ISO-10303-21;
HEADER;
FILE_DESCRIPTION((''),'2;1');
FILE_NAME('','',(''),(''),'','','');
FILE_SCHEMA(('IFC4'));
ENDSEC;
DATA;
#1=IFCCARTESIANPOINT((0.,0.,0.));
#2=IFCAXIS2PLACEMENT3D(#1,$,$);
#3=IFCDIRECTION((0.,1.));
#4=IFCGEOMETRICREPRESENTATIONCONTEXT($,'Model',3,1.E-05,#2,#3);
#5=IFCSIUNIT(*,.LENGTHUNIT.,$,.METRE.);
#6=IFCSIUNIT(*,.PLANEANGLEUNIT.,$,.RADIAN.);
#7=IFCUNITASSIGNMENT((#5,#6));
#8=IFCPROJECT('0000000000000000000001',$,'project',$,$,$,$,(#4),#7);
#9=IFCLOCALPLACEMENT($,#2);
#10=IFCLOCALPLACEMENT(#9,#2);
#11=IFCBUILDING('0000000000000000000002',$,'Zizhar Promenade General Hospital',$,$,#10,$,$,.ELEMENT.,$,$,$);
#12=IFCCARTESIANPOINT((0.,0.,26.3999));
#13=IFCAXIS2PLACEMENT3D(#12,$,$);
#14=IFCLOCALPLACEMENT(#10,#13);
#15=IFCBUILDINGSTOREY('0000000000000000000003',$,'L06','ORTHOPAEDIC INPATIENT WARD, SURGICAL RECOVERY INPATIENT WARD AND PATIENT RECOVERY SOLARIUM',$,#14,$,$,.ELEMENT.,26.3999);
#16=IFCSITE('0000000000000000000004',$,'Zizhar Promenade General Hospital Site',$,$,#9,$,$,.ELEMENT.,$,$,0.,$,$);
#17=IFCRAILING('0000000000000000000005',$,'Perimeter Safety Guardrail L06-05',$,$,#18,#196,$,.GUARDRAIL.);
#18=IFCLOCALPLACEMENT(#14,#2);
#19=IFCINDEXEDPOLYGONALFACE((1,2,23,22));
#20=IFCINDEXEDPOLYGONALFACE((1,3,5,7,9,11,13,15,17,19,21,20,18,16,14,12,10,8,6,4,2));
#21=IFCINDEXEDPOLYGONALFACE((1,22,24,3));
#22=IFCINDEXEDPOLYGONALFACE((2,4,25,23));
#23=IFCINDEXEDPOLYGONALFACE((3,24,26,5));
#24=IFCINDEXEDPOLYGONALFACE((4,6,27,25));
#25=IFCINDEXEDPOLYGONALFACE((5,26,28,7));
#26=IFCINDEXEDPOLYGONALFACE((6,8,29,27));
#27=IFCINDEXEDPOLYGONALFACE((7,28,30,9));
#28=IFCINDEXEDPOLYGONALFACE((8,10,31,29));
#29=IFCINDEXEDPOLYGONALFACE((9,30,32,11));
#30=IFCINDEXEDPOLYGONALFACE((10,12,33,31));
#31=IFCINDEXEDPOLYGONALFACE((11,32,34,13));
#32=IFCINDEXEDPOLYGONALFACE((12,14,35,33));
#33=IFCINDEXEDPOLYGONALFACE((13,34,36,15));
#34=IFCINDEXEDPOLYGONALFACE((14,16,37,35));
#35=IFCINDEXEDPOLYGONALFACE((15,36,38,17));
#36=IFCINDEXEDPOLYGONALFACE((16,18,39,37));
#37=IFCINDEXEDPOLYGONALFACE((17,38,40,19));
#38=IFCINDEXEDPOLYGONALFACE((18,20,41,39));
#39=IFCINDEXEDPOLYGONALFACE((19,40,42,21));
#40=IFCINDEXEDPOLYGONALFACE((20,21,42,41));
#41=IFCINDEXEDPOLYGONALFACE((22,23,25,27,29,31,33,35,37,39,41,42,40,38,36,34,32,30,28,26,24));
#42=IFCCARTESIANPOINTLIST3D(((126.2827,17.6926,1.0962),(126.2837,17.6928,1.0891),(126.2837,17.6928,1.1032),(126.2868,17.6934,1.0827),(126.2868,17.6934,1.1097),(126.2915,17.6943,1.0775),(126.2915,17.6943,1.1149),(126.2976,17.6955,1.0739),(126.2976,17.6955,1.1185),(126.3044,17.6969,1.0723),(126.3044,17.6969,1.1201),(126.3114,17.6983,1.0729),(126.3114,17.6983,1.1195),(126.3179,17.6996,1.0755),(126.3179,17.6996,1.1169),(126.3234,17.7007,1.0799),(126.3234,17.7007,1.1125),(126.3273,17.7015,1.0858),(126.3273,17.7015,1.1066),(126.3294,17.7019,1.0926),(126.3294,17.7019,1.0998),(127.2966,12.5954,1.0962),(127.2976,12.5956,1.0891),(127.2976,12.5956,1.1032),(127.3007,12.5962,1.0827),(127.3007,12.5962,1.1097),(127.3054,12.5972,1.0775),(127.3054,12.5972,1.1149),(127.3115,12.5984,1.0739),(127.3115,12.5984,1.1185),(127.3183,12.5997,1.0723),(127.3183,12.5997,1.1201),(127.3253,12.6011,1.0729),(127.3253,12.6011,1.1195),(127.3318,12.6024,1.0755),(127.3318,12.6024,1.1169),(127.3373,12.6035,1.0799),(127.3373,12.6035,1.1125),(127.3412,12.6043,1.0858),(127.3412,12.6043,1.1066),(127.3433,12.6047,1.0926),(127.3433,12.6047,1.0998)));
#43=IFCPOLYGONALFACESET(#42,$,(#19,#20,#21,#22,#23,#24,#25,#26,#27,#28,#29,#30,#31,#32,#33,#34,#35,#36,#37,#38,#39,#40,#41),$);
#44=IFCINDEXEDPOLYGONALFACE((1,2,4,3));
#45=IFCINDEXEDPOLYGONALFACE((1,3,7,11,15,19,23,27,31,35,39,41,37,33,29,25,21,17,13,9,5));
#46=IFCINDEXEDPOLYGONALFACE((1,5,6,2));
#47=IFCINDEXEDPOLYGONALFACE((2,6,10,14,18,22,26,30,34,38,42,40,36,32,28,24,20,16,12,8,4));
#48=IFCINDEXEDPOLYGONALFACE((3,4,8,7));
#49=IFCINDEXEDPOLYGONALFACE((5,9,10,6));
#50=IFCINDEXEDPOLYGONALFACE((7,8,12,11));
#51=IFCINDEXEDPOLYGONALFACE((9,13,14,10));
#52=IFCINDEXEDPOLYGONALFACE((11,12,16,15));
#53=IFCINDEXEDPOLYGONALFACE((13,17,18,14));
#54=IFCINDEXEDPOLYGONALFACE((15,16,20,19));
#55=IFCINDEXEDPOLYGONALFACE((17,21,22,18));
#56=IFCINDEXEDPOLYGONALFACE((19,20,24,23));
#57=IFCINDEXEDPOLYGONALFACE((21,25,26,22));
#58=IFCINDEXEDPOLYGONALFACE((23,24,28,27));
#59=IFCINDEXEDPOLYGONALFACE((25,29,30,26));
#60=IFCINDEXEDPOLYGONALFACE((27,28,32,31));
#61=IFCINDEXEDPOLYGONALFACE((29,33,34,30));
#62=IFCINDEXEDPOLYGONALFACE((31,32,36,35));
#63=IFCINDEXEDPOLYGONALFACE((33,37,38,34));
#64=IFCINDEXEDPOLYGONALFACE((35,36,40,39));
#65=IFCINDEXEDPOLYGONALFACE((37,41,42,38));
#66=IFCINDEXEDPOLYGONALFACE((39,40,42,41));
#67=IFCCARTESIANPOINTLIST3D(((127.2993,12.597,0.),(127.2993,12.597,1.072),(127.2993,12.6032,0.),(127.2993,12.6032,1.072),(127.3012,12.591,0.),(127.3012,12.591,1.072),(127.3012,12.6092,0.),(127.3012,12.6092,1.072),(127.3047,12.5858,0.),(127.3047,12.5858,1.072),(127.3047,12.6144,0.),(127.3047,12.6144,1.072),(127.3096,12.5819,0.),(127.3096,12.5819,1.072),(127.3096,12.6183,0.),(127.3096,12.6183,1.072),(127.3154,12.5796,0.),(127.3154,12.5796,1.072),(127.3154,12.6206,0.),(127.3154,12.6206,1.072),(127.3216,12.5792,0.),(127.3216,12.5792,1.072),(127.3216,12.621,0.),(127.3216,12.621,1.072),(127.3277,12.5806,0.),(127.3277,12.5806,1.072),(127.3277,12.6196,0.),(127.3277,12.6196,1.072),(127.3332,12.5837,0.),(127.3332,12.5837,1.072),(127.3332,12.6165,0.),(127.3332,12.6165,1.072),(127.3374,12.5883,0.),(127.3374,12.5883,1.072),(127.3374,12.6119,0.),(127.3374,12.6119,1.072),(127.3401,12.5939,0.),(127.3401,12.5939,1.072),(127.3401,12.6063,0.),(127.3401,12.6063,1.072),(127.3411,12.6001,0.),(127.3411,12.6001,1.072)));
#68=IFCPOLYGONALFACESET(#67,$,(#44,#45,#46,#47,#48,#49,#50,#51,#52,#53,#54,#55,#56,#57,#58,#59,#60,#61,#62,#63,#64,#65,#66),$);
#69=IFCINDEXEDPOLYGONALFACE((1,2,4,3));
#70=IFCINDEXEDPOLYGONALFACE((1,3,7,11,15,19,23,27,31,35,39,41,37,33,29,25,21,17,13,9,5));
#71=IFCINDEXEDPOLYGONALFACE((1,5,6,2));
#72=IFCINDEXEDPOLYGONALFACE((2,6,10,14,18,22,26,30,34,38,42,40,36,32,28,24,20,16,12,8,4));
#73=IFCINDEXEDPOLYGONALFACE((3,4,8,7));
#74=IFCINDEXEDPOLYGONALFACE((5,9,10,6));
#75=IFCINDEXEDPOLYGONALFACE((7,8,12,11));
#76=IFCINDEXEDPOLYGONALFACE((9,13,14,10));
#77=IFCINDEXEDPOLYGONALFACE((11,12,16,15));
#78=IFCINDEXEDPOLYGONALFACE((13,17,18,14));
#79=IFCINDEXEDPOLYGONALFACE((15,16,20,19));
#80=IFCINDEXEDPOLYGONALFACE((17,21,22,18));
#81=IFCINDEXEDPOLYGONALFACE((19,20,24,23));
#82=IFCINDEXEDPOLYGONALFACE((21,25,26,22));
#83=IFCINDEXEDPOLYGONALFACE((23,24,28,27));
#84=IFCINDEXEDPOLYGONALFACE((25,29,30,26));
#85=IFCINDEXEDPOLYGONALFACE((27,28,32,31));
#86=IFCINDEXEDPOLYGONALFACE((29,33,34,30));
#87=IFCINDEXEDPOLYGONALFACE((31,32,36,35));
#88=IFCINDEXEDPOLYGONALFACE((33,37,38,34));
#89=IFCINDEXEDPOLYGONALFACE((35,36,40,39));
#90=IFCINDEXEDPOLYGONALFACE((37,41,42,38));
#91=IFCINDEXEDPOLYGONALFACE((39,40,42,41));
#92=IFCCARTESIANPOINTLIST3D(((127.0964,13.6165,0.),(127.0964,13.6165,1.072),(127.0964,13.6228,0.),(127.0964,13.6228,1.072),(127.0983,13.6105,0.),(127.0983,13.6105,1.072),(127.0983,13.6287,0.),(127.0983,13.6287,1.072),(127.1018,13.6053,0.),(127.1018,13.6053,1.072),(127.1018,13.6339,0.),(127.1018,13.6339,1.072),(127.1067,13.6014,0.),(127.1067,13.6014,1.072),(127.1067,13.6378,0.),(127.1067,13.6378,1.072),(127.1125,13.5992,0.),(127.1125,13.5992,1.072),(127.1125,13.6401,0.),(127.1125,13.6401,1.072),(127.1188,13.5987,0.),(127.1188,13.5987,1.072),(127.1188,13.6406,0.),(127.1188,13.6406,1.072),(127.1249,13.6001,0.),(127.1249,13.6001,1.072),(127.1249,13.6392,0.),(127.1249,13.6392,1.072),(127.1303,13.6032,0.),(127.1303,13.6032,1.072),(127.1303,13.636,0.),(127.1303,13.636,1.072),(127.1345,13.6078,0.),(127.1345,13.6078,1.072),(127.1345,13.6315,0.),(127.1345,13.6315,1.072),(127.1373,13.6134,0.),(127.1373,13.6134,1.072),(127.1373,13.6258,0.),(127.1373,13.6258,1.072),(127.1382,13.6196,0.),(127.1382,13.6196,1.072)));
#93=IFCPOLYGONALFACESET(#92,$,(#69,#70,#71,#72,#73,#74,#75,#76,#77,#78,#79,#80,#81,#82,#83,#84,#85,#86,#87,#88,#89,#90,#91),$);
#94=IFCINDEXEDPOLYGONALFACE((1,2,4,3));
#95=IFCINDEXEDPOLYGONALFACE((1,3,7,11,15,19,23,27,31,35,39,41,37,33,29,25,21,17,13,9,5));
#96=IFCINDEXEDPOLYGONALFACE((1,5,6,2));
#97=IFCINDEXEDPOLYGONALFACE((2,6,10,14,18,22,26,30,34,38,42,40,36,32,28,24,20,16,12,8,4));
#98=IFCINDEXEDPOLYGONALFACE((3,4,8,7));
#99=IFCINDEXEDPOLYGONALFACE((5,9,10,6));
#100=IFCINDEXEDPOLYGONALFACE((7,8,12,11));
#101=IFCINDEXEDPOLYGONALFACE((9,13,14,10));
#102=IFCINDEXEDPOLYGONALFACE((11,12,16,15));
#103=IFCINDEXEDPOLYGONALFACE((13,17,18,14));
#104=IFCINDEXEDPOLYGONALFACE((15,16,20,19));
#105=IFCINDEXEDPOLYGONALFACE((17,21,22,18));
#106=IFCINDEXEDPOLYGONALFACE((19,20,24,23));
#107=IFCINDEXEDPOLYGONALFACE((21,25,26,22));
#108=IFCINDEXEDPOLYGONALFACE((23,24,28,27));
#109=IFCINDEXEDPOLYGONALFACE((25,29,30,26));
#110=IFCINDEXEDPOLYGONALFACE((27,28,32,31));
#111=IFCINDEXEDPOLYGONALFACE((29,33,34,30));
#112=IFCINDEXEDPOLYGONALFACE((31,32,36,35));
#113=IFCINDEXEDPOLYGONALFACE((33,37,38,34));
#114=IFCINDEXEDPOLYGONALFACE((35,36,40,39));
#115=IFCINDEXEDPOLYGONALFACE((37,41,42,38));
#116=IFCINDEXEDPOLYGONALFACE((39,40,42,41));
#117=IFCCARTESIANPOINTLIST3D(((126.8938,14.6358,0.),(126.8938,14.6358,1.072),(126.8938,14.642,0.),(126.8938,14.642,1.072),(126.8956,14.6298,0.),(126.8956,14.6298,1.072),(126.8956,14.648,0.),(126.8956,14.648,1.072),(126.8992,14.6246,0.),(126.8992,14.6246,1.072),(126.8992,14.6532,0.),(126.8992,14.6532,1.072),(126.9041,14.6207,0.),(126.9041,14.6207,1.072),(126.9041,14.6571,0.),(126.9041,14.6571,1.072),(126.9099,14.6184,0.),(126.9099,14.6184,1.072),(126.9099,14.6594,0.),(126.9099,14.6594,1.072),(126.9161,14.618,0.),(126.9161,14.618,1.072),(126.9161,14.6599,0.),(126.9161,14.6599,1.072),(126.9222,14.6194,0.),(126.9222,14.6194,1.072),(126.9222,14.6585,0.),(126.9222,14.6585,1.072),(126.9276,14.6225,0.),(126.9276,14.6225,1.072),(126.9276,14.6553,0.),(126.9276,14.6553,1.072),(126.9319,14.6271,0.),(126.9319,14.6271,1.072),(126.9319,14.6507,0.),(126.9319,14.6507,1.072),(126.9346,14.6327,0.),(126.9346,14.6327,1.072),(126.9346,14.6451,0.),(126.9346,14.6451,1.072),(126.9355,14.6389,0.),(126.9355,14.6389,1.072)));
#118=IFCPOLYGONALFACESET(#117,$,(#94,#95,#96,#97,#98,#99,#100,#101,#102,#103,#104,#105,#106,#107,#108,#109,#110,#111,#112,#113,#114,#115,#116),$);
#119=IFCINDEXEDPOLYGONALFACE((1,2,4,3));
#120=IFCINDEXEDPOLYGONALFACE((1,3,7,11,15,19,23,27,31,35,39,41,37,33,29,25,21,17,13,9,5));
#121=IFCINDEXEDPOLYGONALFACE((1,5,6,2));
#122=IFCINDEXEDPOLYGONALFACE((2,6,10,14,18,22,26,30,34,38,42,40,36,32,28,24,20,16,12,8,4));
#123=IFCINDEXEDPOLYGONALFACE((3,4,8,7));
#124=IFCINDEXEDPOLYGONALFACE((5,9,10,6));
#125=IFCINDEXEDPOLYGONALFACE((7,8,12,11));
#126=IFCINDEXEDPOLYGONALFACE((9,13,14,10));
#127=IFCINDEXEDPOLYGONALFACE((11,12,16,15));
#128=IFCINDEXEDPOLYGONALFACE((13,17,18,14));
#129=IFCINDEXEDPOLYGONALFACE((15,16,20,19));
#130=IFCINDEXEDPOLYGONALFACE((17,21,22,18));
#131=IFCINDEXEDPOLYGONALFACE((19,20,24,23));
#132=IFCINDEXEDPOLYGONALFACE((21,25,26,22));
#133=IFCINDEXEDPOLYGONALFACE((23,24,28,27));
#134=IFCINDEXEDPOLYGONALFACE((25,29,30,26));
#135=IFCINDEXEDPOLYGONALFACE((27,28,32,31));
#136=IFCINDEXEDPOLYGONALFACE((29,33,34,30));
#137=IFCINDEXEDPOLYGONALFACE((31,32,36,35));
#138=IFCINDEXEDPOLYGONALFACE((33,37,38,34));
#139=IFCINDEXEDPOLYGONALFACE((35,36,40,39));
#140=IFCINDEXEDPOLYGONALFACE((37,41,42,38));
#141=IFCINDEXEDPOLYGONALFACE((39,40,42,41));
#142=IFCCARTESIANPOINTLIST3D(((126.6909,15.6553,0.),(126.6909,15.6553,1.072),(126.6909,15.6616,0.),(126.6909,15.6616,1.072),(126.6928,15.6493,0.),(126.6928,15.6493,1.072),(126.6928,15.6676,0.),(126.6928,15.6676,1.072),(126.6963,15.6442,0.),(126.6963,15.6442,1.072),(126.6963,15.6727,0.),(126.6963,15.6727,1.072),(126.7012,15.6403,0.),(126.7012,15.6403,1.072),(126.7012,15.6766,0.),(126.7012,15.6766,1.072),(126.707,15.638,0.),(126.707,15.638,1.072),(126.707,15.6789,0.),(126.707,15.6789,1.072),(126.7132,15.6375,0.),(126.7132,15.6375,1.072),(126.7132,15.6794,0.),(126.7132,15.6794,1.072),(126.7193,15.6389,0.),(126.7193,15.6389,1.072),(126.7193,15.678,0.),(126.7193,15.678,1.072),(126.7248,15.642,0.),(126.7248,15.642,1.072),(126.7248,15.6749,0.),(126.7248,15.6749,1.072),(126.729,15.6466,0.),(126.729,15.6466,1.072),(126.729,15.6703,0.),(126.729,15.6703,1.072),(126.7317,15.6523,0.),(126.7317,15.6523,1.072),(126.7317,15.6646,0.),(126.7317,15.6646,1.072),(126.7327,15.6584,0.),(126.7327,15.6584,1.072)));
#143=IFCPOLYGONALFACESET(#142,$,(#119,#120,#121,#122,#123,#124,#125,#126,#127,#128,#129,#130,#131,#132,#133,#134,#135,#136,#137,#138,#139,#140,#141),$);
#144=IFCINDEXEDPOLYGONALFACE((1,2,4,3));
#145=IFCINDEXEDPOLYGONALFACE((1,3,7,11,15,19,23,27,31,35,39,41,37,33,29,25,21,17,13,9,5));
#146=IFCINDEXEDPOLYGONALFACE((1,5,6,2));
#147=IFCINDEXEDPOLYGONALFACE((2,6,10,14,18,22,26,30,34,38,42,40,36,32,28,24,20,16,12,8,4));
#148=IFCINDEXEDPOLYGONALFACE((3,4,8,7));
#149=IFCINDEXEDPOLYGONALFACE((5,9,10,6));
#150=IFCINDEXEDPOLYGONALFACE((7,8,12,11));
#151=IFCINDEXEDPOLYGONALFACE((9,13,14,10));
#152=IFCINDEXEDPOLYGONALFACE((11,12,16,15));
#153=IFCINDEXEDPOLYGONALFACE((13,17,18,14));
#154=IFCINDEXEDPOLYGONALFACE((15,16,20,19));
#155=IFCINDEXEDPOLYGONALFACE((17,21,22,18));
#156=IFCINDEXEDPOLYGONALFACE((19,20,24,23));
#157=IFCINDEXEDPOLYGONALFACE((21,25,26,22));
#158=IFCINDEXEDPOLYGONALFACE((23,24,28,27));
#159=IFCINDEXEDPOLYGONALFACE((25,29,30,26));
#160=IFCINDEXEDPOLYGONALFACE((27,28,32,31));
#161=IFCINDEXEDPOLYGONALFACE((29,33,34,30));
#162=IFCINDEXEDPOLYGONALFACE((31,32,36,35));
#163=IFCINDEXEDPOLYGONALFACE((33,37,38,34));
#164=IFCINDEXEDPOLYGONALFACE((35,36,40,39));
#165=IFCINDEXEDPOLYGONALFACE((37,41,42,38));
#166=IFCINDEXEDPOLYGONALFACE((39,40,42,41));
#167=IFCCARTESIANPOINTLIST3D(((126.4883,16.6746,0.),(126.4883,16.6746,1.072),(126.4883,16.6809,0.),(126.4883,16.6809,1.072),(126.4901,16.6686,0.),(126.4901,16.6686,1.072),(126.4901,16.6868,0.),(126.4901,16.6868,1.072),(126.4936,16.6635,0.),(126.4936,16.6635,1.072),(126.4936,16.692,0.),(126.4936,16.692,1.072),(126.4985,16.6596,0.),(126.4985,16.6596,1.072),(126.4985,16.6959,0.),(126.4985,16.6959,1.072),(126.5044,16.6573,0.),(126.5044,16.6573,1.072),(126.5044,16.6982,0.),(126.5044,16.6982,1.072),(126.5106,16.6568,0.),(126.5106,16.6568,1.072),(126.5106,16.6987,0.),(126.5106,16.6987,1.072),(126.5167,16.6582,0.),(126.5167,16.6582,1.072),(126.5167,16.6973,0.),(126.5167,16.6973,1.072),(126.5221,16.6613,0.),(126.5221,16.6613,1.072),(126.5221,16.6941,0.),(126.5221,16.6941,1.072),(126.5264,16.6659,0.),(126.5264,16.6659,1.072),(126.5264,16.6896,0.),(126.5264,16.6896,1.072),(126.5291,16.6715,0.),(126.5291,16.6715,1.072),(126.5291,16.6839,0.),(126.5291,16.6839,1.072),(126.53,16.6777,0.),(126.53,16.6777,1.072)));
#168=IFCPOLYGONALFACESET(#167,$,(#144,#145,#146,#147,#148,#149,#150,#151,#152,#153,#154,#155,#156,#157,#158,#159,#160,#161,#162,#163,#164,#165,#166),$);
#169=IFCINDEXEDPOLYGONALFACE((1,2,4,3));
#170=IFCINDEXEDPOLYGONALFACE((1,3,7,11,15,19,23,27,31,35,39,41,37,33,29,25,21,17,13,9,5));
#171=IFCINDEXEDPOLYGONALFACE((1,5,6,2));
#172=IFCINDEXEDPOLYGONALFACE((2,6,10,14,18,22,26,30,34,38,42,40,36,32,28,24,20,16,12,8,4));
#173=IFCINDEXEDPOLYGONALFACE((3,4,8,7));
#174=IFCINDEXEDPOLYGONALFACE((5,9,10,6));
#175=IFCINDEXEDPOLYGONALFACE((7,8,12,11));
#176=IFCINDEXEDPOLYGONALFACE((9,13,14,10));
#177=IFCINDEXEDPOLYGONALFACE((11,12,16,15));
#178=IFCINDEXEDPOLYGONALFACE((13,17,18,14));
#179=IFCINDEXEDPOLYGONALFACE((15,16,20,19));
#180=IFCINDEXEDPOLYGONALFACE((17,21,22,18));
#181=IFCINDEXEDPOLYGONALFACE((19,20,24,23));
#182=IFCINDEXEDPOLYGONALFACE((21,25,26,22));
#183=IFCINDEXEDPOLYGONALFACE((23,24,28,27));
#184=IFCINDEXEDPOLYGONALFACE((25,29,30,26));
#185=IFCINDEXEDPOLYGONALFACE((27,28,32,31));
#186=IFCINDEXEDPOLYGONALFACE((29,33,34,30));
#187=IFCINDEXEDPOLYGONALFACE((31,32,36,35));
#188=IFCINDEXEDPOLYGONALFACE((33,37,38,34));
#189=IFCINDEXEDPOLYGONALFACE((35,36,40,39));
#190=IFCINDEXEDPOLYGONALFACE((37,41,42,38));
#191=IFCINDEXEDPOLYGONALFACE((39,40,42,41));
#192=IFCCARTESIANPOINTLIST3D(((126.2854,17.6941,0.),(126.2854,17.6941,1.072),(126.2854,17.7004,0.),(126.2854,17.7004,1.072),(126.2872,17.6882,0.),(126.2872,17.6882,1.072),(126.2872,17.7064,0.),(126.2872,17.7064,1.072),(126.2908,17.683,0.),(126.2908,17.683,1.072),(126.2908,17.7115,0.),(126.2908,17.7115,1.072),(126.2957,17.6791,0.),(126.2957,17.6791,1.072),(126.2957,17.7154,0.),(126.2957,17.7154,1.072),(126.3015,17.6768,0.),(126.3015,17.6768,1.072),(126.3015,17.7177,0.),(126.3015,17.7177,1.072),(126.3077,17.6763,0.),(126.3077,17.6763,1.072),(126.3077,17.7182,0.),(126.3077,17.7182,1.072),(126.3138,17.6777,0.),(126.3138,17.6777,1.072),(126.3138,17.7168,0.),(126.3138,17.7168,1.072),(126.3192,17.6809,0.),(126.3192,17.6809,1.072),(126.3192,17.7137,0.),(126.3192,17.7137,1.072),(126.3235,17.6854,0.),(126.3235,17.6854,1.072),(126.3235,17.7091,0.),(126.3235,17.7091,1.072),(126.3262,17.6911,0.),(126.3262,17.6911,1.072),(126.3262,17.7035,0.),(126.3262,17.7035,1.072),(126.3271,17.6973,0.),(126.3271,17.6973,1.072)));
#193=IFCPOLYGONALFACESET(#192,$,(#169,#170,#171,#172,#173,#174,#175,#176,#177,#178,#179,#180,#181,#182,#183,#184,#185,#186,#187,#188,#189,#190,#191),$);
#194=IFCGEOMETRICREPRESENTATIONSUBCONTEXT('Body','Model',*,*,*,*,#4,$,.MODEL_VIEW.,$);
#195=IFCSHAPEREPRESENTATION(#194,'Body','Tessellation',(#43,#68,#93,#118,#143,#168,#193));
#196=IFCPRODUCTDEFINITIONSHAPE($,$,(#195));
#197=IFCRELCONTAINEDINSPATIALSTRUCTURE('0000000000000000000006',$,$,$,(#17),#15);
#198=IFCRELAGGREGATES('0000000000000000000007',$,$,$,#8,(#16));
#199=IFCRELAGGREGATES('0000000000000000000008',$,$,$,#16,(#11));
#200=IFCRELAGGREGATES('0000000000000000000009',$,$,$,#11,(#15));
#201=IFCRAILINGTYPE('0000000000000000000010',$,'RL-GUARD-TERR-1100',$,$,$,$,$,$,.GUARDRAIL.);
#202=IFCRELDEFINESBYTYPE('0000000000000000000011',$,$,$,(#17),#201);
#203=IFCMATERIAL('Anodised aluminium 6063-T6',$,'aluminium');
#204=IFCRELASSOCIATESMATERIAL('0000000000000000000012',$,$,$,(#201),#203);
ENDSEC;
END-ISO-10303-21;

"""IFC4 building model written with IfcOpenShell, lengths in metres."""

from ifc_helpers import new_model, si_unit, direction, frame, origin, origin_2d, place, context, subcontext, project, spatial, circle, hollow_circle, extrude, material, material_profile, profile_set, type_object, element, save


model = new_model("IFC4")

# Units and contexts
model_context = context("Model", 3, precision=1e-05, world=origin(), true_north=direction((0.0, 1.0)))
body_context = subcontext(model_context, "Body", "Model", "MODEL_VIEW")
ifc_project = project(units=[si_unit("LENGTHUNIT", "METRE"), si_unit("PLANEANGLEUNIT", "RADIAN")], contexts=[model_context])

# Site, building, storey
site_placement = place(None, origin())
site = spatial("IfcSite", under=ifc_project, at=site_placement, Name="Zizhar Promenade General Hospital Site", CompositionType="ELEMENT", RefElevation=0.0)
building_placement = place(site_placement, origin())
building = spatial("IfcBuilding", under=site, at=building_placement, Name="Zizhar Promenade General Hospital", CompositionType="ELEMENT")
storey_placement = place(building_placement, frame((0.0, 0.0, 26.3999)))
storey = spatial("IfcBuildingStorey", under=building, at=storey_placement, Name="L06", Description="ORTHOPAEDIC INPATIENT WARD, SURGICAL RECOVERY INPATIENT WARD AND PATIENT RECOVERY SOLARIUM", CompositionType="ELEMENT", Elevation=26.3999)

# Railing
ifc_material_1 = material(Name="Anodised aluminium 6063-T6", Category="aluminium")
ifc_material_profile_1 = material_profile(ifc_material_1, hollow_circle(Radius=0.0698, WallThickness=0.0063, at=origin_2d()))
ifc_profile_set_1 = profile_set([ifc_material_profile_1], Name="Anodised aluminium 6063-T6")
railing_type = type_object("IfcRailingType", Name="RL-GUARD-TERR-1100", PredefinedType="GUARDRAIL", material=ifc_profile_set_1)
railing_1_placement = place(storey_placement, frame((127.3201, 12.6001, 0.0)))
element("IfcRailing", 1, at=railing_1_placement, inside=storey, type_object=railing_type, Name="Perimeter Safety Guardrail L06-05", PredefinedType="GUARDRAIL", context=body_context, shape_type="SweptSolid", body=[
    extrude(circle(Radius=0.0239, at=origin_2d()), frame((0.0, 0.0, 1.0962), z_axis=(-0.195095, 0.980784, 0.0), x_axis=(-0.980784, -0.195095, 0.0)), (0.0, 0.0, 1.0), 5.197),
    extrude(circle(Radius=0.021, at=origin_2d()), origin(), (0.0, 0.0, 1.0), 1.072),
    extrude(circle(Radius=0.021, at=origin_2d()), frame((-0.2029, 1.0195, 0.0)), (0.0, 0.0, 1.0), 1.072),
    extrude(circle(Radius=0.021, at=origin_2d()), frame((-0.4055, 2.0388, 0.0)), (0.0, 0.0, 1.0), 1.072),
    extrude(circle(Radius=0.021, at=origin_2d()), frame((-0.6084, 3.0583, 0.0)), (0.0, 0.0, 1.0), 1.072),
    extrude(circle(Radius=0.021, at=origin_2d()), frame((-0.811, 4.0776, 0.0)), (0.0, 0.0, 1.0), 1.072),
    extrude(circle(Radius=0.021, at=origin_2d()), frame((-1.0139, 5.0972, 0.0)), (0.0, 0.0, 1.0), 1.072),
])

save(model, "model.ifc")
